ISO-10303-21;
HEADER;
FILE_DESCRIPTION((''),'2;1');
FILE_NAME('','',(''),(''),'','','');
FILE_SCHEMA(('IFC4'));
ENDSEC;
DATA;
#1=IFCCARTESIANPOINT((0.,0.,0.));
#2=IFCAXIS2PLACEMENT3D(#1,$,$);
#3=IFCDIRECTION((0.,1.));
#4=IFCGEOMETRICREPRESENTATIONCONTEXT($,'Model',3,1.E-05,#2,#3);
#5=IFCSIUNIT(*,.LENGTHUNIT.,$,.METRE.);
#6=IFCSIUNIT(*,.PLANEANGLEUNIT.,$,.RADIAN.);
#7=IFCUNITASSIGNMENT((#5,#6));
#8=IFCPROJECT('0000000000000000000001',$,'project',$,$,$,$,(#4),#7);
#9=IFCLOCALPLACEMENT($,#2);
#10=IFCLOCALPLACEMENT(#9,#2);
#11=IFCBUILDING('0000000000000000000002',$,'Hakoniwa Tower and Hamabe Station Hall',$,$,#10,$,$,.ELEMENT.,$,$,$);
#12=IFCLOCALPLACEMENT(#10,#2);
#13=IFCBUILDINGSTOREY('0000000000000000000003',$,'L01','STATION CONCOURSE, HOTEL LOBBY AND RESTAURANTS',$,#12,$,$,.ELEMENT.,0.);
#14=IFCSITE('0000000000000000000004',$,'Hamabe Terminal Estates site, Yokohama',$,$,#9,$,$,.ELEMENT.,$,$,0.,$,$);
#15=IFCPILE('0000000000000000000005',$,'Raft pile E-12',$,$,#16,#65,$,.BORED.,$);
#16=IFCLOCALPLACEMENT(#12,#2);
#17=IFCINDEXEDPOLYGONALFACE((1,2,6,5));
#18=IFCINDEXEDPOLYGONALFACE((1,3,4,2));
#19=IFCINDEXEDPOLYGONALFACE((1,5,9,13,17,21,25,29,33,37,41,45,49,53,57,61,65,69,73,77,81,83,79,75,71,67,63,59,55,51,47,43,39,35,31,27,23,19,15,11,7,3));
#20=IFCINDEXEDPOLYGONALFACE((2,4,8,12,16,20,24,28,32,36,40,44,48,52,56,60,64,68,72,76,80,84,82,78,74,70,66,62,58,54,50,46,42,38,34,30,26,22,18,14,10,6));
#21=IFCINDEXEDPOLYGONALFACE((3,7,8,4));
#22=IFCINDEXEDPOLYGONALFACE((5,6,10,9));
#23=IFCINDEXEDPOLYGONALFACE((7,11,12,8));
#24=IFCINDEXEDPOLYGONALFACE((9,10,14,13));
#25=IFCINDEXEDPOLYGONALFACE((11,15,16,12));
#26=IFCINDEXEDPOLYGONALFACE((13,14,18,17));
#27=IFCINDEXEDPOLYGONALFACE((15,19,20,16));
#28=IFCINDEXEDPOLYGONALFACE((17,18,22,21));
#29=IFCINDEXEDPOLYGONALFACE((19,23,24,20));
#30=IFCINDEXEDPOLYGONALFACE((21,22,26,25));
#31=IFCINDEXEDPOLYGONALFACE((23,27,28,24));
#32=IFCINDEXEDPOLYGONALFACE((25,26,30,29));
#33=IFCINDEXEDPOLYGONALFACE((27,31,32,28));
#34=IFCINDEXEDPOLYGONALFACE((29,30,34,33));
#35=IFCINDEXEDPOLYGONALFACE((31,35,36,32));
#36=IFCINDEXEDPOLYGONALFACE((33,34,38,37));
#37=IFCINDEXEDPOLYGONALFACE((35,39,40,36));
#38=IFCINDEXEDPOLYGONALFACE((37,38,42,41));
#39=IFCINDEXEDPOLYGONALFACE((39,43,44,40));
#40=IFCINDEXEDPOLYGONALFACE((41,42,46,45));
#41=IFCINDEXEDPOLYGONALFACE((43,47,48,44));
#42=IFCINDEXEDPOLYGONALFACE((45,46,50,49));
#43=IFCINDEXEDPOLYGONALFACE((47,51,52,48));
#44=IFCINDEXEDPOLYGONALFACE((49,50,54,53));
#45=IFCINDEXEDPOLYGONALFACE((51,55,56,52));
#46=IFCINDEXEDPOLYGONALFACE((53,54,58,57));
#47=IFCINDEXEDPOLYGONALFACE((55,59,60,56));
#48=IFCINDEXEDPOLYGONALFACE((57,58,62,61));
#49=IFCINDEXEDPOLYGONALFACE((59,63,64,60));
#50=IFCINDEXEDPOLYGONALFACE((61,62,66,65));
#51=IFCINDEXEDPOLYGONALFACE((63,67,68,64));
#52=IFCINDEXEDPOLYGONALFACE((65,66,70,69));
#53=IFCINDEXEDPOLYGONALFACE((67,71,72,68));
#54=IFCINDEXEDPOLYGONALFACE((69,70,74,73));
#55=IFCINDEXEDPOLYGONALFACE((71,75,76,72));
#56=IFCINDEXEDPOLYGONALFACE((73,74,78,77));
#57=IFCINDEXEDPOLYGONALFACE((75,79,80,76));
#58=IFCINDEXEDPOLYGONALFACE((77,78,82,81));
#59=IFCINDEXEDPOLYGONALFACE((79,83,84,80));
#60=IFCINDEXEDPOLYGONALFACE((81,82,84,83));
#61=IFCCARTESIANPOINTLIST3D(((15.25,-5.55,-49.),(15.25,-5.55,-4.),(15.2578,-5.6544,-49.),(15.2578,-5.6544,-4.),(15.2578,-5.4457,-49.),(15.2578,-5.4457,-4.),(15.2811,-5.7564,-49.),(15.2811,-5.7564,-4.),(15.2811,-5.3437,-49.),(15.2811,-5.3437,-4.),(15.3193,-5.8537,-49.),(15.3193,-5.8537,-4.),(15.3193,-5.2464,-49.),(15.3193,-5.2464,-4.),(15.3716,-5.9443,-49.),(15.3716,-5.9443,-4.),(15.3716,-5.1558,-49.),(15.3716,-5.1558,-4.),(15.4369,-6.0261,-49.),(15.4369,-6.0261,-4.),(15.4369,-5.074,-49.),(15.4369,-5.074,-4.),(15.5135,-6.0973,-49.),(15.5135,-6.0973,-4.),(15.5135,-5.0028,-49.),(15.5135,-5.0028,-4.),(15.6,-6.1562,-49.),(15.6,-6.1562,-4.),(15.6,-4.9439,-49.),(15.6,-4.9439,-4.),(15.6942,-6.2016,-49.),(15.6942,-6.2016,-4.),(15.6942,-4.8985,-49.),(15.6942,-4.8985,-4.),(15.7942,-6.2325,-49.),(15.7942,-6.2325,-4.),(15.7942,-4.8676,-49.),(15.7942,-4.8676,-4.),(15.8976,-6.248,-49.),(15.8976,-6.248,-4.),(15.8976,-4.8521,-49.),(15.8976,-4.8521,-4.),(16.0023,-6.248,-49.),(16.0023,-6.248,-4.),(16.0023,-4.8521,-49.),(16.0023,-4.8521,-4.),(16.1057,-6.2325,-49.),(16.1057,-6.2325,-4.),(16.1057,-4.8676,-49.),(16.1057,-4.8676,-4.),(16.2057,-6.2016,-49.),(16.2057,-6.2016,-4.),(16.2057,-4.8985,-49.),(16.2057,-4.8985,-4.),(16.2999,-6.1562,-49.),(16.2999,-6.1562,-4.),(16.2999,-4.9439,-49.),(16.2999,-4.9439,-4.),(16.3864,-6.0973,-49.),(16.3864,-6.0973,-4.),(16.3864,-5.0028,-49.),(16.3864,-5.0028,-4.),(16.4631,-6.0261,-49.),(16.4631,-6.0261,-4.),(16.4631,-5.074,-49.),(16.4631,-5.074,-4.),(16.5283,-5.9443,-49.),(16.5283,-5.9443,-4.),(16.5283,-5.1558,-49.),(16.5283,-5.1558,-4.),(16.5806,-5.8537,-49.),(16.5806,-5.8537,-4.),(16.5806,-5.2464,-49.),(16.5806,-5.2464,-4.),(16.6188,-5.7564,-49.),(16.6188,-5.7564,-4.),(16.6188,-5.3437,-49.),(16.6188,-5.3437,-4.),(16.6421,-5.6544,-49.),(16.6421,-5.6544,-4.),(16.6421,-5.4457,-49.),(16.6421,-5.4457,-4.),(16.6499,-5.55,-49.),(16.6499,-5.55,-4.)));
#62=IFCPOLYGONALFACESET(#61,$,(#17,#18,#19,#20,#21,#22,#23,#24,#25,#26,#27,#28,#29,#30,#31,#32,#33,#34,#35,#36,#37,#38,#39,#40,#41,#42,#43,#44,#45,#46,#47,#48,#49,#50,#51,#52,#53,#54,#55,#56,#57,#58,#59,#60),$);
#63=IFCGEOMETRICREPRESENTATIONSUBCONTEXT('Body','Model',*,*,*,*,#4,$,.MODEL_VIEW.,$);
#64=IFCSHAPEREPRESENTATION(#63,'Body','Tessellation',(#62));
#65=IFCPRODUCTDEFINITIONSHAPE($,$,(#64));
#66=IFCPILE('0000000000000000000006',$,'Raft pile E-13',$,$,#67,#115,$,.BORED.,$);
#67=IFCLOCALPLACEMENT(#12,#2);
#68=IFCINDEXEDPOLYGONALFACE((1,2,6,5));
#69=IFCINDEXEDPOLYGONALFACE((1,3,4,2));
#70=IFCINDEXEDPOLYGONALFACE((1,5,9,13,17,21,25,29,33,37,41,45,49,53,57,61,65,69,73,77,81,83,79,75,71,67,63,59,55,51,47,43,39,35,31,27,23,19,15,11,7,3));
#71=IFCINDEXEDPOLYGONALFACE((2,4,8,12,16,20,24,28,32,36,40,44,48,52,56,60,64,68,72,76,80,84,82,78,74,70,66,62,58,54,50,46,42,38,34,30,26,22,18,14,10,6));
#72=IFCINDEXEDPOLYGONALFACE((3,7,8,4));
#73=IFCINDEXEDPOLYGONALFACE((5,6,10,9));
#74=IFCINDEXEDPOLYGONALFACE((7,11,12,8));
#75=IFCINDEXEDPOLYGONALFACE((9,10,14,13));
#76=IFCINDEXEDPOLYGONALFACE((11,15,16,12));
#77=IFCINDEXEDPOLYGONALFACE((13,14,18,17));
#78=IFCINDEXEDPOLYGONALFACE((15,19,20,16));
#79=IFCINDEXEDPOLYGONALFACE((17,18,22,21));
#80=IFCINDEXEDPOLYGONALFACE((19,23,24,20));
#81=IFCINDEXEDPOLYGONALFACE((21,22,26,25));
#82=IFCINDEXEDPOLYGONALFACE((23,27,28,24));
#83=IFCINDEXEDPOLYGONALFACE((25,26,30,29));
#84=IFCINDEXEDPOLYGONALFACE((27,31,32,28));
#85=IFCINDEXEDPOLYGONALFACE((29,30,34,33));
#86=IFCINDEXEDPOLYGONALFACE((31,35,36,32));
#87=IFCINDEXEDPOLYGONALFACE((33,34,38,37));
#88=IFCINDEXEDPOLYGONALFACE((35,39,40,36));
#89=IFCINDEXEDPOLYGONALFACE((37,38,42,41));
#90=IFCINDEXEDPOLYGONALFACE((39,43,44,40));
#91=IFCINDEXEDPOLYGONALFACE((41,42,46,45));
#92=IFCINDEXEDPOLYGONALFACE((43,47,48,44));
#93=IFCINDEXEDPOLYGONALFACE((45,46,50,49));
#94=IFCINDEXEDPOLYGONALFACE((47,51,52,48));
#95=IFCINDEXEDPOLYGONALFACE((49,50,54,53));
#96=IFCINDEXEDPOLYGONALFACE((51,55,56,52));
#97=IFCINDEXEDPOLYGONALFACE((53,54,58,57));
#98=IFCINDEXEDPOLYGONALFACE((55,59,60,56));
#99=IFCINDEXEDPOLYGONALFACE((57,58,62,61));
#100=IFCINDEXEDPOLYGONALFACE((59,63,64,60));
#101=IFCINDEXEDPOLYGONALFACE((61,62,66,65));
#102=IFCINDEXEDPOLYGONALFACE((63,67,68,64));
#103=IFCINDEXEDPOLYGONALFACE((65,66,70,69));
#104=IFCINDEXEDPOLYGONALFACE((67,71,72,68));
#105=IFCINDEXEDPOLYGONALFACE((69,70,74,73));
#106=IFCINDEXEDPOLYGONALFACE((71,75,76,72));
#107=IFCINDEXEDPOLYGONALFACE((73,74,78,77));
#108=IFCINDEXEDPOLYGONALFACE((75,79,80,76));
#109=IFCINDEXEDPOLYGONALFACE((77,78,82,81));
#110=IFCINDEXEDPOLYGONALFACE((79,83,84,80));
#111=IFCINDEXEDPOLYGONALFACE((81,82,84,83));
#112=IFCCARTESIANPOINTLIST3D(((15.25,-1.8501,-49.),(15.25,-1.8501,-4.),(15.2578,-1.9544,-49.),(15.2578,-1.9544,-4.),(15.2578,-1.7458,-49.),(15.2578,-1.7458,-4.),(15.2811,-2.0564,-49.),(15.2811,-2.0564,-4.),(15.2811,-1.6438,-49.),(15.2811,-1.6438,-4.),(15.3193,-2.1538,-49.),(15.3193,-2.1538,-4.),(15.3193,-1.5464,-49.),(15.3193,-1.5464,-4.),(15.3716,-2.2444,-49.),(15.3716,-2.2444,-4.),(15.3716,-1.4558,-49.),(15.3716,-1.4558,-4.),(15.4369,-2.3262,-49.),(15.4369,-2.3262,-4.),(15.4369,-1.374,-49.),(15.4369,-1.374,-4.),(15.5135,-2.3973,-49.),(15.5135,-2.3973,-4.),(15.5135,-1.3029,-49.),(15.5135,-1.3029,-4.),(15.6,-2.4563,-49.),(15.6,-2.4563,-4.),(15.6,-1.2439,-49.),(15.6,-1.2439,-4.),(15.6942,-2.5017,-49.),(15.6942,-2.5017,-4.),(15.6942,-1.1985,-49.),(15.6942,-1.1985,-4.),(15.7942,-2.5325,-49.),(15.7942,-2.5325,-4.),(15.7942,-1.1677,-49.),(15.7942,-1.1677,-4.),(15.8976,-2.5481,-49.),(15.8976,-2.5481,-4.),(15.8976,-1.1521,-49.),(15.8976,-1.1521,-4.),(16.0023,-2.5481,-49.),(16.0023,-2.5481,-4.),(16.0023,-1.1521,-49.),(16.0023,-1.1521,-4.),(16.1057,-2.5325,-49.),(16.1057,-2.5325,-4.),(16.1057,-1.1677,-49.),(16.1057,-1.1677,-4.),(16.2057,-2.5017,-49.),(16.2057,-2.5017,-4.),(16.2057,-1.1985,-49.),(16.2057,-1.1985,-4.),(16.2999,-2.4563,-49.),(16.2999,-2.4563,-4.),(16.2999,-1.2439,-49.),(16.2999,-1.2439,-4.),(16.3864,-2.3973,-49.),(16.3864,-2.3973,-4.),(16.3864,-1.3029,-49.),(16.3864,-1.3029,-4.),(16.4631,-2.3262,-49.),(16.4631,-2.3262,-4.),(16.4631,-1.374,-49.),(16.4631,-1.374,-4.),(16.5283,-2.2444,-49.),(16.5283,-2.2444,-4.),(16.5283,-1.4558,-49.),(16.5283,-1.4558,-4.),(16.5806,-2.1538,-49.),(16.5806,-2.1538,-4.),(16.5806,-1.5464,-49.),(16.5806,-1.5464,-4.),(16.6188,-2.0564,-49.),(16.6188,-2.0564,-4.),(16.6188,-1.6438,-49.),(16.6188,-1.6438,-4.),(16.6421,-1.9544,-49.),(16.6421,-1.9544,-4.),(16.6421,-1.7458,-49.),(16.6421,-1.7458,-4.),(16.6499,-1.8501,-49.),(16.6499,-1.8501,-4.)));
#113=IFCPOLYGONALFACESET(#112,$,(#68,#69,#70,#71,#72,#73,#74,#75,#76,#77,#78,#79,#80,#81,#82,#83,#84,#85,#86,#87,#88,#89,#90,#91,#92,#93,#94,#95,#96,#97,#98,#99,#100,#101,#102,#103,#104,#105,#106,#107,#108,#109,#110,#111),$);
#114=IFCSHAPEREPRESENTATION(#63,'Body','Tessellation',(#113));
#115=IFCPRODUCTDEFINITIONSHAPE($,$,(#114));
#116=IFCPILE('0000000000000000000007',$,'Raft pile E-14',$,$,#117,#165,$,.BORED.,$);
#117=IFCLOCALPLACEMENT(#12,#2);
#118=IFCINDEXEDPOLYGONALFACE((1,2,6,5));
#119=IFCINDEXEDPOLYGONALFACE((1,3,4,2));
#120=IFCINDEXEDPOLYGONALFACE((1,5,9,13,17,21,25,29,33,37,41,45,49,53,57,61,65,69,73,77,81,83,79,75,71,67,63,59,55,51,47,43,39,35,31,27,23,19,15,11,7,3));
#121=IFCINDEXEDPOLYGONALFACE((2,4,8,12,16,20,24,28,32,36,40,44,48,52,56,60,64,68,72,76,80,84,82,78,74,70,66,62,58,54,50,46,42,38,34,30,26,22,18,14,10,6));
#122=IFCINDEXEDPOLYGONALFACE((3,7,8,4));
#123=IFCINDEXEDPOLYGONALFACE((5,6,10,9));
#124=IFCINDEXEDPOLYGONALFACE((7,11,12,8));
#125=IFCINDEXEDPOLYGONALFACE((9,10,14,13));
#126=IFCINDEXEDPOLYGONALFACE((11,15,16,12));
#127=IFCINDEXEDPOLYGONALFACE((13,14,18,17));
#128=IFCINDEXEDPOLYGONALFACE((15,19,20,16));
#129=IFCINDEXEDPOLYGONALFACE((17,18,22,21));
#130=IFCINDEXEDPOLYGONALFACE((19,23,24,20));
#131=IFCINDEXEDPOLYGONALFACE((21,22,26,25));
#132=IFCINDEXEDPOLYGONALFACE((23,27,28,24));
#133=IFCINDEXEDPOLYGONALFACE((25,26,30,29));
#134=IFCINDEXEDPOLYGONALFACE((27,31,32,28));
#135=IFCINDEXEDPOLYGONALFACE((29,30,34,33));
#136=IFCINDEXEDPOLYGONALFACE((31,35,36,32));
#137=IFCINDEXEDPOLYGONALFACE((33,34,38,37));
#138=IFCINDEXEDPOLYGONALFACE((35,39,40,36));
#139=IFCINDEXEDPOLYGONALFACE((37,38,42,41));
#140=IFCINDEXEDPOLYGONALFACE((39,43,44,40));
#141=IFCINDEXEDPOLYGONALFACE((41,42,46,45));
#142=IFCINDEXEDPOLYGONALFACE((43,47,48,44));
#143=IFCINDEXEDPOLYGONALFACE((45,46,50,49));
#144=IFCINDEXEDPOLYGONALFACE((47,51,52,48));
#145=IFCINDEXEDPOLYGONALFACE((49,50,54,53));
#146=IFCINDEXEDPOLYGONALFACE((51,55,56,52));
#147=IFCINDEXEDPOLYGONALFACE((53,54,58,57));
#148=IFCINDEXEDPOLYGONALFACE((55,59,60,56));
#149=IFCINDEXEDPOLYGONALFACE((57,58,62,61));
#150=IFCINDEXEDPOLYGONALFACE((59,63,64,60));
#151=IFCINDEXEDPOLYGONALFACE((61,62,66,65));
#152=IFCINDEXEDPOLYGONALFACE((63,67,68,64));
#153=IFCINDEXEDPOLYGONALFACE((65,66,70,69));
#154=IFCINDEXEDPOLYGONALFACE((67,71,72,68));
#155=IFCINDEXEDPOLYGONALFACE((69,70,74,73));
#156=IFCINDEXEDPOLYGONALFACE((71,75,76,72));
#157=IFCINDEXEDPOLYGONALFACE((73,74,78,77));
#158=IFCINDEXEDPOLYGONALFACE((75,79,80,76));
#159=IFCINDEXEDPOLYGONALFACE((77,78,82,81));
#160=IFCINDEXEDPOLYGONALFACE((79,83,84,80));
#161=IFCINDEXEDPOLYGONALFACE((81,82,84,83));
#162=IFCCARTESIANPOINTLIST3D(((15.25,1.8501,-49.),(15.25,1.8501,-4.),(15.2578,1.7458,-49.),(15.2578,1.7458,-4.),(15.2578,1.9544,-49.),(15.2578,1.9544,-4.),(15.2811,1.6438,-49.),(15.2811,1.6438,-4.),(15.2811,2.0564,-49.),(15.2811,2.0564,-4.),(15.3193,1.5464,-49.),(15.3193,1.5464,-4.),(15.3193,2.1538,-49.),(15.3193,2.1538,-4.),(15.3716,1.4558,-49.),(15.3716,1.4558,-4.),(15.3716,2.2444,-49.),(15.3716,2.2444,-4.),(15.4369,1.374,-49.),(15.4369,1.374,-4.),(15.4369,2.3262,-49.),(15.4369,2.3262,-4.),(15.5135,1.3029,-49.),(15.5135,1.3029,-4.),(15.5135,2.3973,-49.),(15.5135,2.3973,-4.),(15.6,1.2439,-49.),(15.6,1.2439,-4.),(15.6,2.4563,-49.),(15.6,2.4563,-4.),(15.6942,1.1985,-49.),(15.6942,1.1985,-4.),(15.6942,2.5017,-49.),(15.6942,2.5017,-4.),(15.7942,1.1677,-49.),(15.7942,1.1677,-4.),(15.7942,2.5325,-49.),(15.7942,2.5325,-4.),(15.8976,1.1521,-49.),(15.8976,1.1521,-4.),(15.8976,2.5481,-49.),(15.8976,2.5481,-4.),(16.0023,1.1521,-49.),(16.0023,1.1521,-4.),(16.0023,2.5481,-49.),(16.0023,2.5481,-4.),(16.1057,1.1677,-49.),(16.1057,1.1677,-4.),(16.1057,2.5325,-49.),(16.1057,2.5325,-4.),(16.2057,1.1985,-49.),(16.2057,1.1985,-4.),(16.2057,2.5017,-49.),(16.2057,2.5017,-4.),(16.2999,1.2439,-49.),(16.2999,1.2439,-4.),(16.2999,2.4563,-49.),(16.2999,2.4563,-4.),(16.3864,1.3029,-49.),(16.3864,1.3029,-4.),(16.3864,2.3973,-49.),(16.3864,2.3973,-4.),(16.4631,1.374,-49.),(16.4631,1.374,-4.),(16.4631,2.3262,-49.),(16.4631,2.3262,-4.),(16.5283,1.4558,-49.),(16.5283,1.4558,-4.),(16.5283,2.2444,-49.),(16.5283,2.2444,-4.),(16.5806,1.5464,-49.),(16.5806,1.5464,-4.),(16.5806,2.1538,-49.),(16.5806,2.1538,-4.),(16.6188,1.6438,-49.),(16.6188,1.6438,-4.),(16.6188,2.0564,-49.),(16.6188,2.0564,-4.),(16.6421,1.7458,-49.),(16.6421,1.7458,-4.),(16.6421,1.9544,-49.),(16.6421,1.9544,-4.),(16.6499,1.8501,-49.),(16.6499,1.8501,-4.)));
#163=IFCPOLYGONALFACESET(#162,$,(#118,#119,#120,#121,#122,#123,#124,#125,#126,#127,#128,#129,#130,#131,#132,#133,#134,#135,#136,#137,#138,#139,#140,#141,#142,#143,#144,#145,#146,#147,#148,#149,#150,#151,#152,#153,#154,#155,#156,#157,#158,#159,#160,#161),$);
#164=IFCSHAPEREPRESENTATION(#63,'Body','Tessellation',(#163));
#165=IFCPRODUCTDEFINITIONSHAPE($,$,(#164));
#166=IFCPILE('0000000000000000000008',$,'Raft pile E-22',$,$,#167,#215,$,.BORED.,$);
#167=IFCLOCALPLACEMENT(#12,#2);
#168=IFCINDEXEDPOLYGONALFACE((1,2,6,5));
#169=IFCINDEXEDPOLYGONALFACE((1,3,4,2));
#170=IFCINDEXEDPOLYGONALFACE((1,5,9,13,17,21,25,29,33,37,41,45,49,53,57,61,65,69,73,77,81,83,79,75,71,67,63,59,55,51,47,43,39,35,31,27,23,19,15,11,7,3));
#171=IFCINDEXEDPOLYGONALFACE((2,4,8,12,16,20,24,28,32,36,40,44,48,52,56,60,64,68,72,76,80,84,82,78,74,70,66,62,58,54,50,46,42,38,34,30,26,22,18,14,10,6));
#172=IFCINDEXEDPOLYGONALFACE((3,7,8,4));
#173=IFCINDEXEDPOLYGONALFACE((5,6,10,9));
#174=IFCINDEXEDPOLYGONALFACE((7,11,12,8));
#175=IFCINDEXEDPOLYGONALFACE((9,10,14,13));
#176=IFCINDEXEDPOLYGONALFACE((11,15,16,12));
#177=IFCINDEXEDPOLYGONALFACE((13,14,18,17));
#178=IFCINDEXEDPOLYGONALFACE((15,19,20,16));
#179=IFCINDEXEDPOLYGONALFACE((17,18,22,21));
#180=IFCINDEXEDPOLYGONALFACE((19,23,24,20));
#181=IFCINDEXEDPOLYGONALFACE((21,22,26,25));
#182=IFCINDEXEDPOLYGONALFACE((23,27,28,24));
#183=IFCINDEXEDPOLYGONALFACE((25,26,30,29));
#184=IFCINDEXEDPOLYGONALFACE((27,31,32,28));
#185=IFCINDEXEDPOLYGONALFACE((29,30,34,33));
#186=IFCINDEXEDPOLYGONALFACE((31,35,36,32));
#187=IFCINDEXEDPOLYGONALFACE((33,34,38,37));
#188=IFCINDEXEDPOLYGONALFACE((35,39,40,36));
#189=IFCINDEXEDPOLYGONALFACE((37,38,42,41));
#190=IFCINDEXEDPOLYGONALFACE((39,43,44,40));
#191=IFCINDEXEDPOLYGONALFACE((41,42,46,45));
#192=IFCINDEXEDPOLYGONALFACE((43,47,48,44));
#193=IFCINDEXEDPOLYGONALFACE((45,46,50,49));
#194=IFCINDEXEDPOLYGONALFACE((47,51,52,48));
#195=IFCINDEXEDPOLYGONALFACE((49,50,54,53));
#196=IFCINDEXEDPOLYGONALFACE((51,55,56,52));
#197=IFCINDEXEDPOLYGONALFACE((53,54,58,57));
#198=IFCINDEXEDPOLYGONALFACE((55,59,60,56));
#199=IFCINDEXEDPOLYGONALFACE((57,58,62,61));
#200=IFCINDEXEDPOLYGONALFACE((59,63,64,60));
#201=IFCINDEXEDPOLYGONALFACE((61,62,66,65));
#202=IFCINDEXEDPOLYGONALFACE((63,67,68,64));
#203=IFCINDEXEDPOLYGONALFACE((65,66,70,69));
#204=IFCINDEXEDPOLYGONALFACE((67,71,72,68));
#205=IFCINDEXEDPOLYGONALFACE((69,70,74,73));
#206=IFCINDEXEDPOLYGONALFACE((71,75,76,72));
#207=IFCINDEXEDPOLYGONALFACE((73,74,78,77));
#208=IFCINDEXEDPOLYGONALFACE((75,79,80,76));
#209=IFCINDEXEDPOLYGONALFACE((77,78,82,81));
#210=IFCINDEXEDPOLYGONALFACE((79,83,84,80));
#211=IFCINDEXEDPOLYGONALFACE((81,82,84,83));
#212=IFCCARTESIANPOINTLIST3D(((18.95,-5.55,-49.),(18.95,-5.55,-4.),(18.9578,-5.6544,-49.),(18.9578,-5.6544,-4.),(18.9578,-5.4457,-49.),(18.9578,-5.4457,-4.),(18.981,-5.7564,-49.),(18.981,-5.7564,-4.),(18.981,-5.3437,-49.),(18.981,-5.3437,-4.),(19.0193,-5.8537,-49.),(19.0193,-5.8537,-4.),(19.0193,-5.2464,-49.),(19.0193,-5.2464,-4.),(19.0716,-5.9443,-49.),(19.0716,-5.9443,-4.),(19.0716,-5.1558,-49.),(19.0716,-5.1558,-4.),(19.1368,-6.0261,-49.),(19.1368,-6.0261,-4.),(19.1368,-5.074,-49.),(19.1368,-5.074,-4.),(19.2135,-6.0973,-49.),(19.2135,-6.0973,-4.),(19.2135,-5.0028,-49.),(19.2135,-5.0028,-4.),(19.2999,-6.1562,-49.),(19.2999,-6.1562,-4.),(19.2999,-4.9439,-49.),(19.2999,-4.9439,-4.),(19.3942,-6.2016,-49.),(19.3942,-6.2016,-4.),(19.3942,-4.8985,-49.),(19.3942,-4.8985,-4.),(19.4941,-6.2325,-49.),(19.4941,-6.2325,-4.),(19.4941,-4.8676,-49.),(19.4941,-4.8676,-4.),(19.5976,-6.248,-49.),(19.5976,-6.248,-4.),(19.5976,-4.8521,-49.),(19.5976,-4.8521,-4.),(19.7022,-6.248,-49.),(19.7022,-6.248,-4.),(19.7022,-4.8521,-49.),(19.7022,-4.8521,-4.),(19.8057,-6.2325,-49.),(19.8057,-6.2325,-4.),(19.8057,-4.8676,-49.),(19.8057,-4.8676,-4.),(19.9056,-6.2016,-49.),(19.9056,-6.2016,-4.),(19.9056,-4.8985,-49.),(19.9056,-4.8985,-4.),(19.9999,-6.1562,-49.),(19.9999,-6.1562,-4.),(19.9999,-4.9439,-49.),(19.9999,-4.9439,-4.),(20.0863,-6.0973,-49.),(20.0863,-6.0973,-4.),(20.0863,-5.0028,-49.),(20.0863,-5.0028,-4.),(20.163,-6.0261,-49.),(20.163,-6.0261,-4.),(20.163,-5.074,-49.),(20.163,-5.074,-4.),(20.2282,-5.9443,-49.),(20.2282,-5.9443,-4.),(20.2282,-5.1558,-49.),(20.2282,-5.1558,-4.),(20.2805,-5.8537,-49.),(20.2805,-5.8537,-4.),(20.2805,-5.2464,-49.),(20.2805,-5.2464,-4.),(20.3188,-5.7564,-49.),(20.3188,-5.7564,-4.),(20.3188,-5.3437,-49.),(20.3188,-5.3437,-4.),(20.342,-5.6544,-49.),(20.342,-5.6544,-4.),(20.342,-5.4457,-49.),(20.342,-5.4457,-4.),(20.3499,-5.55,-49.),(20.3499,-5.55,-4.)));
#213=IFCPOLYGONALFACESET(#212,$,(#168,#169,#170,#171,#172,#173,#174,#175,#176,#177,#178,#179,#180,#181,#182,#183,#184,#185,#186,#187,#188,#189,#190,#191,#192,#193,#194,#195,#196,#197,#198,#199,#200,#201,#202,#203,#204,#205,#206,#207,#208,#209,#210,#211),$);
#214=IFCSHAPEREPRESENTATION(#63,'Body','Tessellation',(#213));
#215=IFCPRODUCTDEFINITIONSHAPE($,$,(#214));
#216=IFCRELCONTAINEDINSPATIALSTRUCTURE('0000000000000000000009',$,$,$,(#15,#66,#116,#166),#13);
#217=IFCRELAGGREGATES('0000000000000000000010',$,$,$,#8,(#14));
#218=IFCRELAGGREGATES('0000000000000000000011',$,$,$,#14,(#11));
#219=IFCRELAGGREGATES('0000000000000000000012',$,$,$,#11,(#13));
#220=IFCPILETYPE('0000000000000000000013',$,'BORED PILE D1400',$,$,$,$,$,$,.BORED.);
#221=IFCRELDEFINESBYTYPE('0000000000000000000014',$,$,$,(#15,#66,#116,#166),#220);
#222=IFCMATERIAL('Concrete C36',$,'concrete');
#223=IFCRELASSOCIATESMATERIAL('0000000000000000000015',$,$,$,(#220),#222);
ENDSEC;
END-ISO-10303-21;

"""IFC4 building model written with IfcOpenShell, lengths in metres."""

from ifc_helpers import new_model, si_unit, direction, frame, origin, origin_2d, place, context, subcontext, project, spatial, circle, extrude, material, material_profile, profile_set, type_object, element, save


model = new_model("IFC4")

# Units and contexts
model_context = context("Model", 3, precision=1e-05, world=origin(), true_north=direction((0.0, 1.0)))
body_context = subcontext(model_context, "Body", "Model", "MODEL_VIEW")
ifc_project = project(units=[si_unit("LENGTHUNIT", "METRE"), si_unit("PLANEANGLEUNIT", "RADIAN")], contexts=[model_context])

# Site, building, storey
site_placement = place(None, origin())
site = spatial("IfcSite", under=ifc_project, at=site_placement, Name="Hamabe Terminal Estates site, Yokohama", CompositionType="ELEMENT", RefElevation=0.0)
building_placement = place(site_placement, origin())
building = spatial("IfcBuilding", under=site, at=building_placement, Name="Hakoniwa Tower and Hamabe Station Hall", CompositionType="ELEMENT")
storey_placement = place(building_placement, origin())
storey = spatial("IfcBuildingStorey", under=building, at=storey_placement, Name="L01", Description="STATION CONCOURSE, HOTEL LOBBY AND RESTAURANTS", CompositionType="ELEMENT", Elevation=0.0)

# Piles
ifc_material_1 = material(Name="Concrete C36", Category="concrete")
ifc_material_profile = material_profile(ifc_material_1, circle(Radius=0.7, at=origin_2d()), Name="BORED PILE D1400")
ifc_profile_set = profile_set([ifc_material_profile], Name="Concrete C36")
pile_type = type_object("IfcPileType", Name="BORED PILE D1400", PredefinedType="BORED", material=ifc_profile_set)
for number, where, z_axis, x_axis, name in (
    (1, (15.95, -5.55, -4.0), (0.0, 0.0, -1.0), (1.0, 0.0, 0.0), "Raft pile E-12"),
    (2, (15.95, -1.8501, -4.0), (0.0, 0.0, -1.0), (1.0, 0.0, 0.0), "Raft pile E-13"),
    (3, (15.95, 1.8501, -4.0), (0.0, 0.0, -1.0), (1.0, 0.0, 0.0), "Raft pile E-14"),
    (4, (19.6499, -5.55, -4.0), (0.0, 0.0, -1.0), (1.0, 0.0, 0.0), "Raft pile E-22"),
):
    element("IfcPile", number, at=place(storey_placement, frame(where, z_axis=z_axis, x_axis=x_axis)), inside=storey, type_object=pile_type, Name=name, PredefinedType="BORED", context=body_context, shape_type="SweptSolid", body=[
        extrude(circle(Radius=0.7, at=origin_2d()), origin(), (0.0, 0.0, 1.0), 45.0),
    ])

save(model, "model.ifc")
